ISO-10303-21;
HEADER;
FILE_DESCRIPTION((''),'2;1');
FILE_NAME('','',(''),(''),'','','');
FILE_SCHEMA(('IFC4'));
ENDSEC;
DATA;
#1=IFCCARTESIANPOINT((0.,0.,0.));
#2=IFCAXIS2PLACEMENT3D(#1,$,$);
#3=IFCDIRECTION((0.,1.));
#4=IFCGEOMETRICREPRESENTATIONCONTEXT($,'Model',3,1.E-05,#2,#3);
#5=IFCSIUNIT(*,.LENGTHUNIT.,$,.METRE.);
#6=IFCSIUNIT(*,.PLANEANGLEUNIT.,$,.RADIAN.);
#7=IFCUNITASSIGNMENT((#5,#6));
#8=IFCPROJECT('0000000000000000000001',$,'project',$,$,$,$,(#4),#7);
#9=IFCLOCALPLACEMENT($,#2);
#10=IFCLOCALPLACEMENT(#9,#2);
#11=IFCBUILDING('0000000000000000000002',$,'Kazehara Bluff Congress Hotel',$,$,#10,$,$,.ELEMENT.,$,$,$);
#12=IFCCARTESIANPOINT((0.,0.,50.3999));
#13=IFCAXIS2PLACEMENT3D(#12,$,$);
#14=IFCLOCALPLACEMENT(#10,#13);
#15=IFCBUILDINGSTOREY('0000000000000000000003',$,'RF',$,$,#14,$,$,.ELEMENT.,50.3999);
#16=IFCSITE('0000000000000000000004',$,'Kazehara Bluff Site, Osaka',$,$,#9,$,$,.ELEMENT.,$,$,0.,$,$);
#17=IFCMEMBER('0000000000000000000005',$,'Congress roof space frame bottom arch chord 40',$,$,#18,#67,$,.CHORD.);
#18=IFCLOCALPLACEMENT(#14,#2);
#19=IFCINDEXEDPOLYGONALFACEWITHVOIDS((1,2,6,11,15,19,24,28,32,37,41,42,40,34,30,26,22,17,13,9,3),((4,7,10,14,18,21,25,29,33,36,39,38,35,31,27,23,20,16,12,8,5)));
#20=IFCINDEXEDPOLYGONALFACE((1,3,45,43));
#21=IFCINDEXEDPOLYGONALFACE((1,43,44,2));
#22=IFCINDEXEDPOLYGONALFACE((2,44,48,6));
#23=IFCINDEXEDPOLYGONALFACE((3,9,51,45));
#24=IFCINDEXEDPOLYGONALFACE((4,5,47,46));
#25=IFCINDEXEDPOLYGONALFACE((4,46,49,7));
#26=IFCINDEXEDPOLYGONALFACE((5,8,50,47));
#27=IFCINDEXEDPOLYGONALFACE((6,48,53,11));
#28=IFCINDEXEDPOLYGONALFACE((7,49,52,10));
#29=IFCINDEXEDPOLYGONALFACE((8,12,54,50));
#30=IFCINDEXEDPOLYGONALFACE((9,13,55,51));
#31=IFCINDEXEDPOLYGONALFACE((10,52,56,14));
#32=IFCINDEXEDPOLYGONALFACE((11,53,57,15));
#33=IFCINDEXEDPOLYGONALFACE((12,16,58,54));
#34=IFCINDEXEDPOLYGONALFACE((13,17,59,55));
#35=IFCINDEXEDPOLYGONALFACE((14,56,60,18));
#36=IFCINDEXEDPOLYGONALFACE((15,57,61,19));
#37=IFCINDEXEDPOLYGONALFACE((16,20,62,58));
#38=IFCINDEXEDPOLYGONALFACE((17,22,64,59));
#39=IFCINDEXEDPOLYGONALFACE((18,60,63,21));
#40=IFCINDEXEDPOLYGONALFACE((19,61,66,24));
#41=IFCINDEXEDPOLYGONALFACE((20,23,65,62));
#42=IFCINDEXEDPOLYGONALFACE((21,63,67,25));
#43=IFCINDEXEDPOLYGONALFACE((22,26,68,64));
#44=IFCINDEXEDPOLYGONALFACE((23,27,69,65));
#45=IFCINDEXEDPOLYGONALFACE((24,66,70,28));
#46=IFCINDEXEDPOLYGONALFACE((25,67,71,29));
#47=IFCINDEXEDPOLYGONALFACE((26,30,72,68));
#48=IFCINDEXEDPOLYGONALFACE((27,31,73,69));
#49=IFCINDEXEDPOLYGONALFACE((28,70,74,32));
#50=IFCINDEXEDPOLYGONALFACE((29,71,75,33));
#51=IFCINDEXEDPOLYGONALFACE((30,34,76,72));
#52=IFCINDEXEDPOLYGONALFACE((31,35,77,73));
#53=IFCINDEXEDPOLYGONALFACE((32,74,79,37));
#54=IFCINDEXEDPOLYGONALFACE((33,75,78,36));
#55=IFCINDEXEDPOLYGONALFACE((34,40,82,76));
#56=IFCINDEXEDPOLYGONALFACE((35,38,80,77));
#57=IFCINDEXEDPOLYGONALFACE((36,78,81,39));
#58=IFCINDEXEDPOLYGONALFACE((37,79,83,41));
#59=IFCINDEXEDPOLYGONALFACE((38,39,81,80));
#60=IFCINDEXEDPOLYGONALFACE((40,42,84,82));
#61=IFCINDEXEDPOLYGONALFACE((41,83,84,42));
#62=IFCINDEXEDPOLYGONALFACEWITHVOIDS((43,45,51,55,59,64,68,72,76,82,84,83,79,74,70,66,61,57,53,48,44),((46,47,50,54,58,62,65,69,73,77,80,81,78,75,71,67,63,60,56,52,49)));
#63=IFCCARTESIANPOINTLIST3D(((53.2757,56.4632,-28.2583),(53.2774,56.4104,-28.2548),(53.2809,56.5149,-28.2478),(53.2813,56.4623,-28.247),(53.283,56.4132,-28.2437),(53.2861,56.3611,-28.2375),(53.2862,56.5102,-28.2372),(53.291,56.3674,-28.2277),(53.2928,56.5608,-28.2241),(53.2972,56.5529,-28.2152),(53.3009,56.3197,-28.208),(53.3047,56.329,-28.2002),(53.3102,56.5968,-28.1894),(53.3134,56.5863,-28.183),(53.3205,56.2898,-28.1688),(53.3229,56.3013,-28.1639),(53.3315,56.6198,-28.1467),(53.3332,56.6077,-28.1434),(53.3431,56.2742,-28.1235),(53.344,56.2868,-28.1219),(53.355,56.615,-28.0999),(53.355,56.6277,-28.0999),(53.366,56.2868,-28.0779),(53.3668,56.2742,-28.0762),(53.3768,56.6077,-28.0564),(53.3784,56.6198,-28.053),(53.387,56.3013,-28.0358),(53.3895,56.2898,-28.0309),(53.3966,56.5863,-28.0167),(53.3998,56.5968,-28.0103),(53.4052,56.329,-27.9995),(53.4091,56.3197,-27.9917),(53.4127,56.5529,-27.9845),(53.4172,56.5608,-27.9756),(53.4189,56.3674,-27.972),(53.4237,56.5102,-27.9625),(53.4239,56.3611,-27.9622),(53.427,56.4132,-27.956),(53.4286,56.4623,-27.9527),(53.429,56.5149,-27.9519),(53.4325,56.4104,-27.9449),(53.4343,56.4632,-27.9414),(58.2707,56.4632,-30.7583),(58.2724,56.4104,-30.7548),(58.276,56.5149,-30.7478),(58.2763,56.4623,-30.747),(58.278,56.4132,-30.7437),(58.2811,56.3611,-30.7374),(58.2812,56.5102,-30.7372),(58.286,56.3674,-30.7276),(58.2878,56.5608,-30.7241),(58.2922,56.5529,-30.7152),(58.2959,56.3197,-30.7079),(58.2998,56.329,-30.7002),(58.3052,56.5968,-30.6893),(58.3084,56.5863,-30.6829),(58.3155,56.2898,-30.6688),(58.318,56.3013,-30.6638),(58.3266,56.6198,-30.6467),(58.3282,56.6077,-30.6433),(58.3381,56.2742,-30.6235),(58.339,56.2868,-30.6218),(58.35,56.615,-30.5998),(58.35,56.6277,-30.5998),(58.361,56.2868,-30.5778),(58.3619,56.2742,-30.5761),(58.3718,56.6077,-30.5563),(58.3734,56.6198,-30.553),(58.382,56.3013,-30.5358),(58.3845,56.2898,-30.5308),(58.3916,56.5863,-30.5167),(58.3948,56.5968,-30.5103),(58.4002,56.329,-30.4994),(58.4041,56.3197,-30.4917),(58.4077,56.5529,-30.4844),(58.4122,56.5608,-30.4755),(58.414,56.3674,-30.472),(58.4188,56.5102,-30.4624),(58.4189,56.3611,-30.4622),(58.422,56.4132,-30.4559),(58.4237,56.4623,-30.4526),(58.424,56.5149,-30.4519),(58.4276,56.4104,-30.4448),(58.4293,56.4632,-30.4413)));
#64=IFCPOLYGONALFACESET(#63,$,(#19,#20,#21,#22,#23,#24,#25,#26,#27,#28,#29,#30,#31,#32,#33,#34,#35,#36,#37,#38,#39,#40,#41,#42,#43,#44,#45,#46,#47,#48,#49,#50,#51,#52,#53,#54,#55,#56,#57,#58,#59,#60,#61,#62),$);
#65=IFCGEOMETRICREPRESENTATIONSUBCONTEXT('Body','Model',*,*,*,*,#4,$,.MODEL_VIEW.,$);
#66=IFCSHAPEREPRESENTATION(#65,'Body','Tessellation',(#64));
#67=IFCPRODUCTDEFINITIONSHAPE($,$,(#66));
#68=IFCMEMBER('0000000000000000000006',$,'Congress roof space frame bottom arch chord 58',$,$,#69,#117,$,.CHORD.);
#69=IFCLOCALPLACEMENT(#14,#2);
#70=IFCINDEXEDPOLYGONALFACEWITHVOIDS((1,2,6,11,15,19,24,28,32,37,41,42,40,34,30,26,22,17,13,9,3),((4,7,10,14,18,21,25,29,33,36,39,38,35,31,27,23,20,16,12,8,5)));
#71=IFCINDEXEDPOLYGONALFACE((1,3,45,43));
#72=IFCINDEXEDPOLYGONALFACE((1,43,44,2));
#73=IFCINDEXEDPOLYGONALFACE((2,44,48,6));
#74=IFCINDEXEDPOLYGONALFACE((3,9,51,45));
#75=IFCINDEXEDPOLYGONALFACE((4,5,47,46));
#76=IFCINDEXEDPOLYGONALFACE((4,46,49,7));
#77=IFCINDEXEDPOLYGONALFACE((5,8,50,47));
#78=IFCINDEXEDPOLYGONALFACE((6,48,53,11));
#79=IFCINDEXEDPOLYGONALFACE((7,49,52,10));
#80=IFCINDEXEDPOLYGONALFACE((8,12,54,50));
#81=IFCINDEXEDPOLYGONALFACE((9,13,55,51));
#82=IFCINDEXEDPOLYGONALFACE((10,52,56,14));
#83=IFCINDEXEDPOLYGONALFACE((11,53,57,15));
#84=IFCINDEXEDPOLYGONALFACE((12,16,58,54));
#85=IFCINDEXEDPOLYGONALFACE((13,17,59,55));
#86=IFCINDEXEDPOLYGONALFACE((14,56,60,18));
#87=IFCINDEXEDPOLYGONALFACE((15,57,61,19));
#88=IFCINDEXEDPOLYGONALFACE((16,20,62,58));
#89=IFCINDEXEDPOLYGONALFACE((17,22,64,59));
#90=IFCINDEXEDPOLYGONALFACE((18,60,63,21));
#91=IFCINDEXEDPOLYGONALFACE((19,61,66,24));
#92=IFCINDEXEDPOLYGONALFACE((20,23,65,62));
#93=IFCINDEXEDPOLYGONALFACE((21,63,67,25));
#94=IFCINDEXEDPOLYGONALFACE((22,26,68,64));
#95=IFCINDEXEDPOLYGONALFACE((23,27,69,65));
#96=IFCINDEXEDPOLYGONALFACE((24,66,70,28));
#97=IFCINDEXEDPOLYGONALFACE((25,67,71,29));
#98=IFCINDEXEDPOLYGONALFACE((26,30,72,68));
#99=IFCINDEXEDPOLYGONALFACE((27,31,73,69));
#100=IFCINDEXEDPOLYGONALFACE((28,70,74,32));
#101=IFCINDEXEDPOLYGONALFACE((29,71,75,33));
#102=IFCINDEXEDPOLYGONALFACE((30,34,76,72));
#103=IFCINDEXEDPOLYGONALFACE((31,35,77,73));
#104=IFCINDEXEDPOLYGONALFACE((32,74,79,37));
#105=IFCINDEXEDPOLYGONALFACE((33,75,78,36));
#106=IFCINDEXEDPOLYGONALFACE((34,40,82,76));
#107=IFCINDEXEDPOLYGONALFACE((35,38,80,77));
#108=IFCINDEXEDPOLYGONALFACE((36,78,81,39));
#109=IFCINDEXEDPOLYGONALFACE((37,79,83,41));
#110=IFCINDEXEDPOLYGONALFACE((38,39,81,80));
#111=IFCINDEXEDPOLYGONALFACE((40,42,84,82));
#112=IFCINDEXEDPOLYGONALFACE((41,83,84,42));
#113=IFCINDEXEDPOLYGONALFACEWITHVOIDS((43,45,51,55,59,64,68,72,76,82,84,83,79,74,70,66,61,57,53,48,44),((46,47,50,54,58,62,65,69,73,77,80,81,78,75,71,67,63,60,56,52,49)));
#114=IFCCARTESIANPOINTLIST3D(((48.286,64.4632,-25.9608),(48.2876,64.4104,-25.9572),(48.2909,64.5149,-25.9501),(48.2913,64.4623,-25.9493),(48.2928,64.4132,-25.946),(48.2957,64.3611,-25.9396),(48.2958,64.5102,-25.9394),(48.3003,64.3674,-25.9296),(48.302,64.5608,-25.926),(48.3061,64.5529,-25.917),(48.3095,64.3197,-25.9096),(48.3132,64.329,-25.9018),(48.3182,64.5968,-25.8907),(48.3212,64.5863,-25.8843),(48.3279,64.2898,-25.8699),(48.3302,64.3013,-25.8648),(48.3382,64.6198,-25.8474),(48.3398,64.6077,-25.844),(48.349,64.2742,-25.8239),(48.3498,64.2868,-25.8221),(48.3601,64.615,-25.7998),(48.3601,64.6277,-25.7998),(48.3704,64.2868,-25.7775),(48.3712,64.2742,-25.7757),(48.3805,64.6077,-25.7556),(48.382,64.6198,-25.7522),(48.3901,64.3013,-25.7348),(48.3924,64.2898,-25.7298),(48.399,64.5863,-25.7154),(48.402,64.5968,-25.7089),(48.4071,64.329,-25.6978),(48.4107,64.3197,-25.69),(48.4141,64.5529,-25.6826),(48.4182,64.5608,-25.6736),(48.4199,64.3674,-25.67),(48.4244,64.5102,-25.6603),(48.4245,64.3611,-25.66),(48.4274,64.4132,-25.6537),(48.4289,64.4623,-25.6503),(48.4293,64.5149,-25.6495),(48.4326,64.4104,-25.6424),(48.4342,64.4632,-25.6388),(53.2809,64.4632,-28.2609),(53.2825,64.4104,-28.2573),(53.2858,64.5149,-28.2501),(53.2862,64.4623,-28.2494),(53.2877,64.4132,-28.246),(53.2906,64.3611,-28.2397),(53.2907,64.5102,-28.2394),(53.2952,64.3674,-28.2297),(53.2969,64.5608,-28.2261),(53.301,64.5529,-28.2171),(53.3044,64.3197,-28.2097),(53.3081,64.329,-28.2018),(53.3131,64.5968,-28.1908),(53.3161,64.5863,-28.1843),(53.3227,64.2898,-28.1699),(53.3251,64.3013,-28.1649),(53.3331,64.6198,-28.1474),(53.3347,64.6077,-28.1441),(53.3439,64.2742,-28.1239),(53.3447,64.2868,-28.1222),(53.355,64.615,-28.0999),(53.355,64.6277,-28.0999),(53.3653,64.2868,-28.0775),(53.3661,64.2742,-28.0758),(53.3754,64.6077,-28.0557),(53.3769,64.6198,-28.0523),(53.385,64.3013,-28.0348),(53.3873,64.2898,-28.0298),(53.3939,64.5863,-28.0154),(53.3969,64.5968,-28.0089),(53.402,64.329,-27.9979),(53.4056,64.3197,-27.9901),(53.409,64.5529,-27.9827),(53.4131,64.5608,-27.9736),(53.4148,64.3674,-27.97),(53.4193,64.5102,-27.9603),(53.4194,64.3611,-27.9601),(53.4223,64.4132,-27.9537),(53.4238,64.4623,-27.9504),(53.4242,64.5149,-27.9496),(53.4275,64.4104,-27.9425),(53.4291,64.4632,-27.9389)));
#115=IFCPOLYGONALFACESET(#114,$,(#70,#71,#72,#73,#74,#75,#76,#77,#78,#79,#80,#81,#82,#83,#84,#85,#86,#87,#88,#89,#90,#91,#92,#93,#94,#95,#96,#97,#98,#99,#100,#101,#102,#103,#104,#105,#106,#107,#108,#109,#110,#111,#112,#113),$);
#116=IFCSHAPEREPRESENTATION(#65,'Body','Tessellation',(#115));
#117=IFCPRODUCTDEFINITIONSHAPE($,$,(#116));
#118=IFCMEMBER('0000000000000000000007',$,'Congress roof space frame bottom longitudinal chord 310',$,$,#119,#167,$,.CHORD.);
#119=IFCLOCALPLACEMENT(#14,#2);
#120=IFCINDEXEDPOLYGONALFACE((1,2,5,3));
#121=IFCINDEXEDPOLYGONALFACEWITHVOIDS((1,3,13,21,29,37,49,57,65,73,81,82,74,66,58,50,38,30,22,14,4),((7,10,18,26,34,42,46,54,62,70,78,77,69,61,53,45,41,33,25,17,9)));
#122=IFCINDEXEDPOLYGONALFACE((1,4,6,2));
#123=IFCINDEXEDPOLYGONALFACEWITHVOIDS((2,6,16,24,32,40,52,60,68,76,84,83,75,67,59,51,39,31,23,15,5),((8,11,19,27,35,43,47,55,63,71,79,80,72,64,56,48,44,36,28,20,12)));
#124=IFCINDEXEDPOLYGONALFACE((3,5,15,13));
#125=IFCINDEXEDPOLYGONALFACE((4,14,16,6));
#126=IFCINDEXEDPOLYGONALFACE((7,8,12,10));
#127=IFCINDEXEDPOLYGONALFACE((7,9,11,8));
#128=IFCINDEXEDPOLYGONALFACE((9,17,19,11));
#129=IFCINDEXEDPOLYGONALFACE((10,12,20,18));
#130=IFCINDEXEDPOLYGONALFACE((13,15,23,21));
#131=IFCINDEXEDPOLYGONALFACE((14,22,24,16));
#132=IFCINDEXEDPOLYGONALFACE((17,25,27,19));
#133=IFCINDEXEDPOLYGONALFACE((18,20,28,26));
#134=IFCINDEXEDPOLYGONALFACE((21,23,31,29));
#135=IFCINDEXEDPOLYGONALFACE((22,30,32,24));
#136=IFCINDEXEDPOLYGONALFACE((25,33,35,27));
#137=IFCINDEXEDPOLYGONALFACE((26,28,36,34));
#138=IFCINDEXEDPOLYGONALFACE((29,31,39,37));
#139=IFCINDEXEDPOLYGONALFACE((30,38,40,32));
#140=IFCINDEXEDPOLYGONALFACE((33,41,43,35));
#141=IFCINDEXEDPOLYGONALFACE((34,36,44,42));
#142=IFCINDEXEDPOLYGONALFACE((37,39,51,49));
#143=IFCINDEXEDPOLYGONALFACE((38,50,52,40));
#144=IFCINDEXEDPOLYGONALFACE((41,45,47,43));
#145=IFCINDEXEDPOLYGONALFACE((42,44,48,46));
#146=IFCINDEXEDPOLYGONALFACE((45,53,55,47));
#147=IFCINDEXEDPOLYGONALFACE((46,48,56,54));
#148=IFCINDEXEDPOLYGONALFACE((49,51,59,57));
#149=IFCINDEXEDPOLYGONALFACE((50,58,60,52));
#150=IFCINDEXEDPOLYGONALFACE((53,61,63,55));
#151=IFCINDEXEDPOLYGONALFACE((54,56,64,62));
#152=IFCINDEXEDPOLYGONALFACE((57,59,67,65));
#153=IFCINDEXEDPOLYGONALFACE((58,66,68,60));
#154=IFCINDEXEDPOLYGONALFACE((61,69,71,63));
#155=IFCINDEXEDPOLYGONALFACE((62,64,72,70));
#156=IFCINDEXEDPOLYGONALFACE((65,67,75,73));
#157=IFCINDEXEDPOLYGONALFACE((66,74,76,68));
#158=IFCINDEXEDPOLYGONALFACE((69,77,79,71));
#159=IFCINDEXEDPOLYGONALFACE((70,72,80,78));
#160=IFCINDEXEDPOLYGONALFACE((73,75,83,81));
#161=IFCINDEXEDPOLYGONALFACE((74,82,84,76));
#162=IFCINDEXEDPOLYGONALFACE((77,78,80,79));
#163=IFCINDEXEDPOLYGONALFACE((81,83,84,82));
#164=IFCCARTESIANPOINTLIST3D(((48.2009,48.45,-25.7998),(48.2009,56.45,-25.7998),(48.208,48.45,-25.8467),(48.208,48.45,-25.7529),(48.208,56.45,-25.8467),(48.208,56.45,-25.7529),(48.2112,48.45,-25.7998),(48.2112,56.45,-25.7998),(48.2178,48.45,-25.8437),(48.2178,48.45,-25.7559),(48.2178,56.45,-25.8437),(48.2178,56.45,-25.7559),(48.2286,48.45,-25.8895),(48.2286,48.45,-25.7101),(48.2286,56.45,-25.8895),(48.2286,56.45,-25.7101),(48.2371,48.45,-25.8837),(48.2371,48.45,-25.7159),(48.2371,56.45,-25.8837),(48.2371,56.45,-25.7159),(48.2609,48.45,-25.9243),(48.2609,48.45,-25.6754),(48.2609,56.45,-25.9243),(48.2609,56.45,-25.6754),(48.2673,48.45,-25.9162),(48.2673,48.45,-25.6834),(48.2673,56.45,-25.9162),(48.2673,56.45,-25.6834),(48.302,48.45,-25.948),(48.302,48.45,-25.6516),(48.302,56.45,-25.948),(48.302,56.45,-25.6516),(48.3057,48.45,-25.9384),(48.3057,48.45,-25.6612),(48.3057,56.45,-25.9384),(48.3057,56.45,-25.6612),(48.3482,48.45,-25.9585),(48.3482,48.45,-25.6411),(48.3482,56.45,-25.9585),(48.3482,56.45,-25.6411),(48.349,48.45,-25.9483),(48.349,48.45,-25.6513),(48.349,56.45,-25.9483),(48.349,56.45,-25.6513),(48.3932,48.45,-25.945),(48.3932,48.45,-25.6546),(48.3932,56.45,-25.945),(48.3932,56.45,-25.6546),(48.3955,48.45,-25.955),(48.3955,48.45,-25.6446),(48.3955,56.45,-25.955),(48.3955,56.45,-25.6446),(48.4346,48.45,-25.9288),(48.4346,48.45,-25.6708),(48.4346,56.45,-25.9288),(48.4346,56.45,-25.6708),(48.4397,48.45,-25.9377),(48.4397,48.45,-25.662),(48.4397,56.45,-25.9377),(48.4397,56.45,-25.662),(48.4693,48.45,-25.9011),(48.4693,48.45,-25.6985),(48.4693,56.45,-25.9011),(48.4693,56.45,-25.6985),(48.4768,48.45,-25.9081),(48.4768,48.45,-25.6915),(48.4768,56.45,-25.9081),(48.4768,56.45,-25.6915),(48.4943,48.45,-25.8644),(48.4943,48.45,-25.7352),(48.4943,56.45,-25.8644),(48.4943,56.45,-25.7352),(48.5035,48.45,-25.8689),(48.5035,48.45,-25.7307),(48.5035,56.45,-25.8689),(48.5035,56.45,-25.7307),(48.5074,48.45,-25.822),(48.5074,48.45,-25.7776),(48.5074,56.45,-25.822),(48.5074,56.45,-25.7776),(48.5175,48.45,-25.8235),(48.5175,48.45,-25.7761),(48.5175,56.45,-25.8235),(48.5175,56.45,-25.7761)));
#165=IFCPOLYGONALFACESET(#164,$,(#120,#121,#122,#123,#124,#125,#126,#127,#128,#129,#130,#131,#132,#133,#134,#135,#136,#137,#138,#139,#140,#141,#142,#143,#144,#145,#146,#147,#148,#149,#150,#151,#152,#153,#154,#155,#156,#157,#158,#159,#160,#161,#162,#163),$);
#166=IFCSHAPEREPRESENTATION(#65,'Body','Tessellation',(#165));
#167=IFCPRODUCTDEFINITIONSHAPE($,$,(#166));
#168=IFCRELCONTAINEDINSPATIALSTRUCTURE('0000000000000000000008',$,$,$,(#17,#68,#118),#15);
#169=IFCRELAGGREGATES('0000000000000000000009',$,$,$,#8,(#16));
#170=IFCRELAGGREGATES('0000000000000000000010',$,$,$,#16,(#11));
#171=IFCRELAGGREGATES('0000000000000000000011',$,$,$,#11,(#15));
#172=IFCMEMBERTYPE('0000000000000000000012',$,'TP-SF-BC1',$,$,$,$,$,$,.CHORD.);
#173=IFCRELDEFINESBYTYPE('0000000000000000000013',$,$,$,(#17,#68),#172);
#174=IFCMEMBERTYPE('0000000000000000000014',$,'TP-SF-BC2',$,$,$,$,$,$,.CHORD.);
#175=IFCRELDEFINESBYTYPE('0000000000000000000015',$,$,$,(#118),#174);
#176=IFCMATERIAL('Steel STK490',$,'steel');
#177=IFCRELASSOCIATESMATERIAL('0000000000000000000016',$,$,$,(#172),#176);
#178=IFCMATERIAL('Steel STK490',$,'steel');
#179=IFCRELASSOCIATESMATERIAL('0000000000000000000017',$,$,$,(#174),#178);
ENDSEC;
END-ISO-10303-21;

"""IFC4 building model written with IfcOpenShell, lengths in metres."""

from ifc_helpers import new_model, si_unit, direction, frame, origin, origin_2d, place, context, subcontext, project, spatial, hollow_circle, extrude, material, material_profile, profile_set, type_object, element, save


model = new_model("IFC4")

# Units and contexts
model_context = context("Model", 3, precision=1e-05, world=origin(), true_north=direction((0.0, 1.0)))
body_context = subcontext(model_context, "Body", "Model", "MODEL_VIEW")
ifc_project = project(units=[si_unit("LENGTHUNIT", "METRE"), si_unit("PLANEANGLEUNIT", "RADIAN")], contexts=[model_context])

# Site, building, storey
site_placement = place(None, origin())
site = spatial("IfcSite", under=ifc_project, at=site_placement, Name="Kazehara Bluff Site, Osaka", CompositionType="ELEMENT", RefElevation=0.0)
building_placement = place(site_placement, origin())
building = spatial("IfcBuilding", under=site, at=building_placement, Name="Kazehara Bluff Congress Hotel", CompositionType="ELEMENT")
storey_placement = place(building_placement, frame((0.0, 0.0, 50.3999)))
storey = spatial("IfcBuildingStorey", under=building, at=storey_placement, Name="RF", CompositionType="ELEMENT", Elevation=50.3999)

# Members
ifc_material_1 = material(Name="Steel STK490", Category="steel")
ifc_material_profile_1 = material_profile(ifc_material_1, hollow_circle(Radius=0.1777, WallThickness=0.0127, at=origin_2d()))
ifc_profile_set_1 = profile_set([ifc_material_profile_1], Name="Steel STK490")
member_type_1 = type_object("IfcMemberType", Name="TP-SF-BC1", PredefinedType="CHORD", material=ifc_profile_set_1)
member_1_placement = place(storey_placement, frame((53.355, 56.45, -28.0999), z_axis=(0.894252, 0.0, -0.447563), x_axis=(0.0, 1.0, 0.0)))
element("IfcMember", 1, at=member_1_placement, inside=storey, type_object=member_type_1, Name="Congress roof space frame bottom arch chord 40", PredefinedType="CHORD", context=body_context, shape_type="SweptSolid", body=[
    extrude(hollow_circle(Radius=0.1777, WallThickness=0.0127, at=origin_2d()), origin(), (0.0, 0.0, 1.0), 5.5857),
])
member_2_placement = place(storey_placement, frame((48.3601, 64.45, -25.7998), z_axis=(0.908324, 0.0, -0.418267), x_axis=(0.0, 1.0, 0.0)))
element("IfcMember", 2, at=member_2_placement, inside=storey, type_object=member_type_1, Name="Congress roof space frame bottom arch chord 58", PredefinedType="CHORD", context=body_context, shape_type="SweptSolid", body=[
    extrude(hollow_circle(Radius=0.1777, WallThickness=0.0127, at=origin_2d()), origin(), (0.0, 0.0, 1.0), 5.499),
])
ifc_material_2 = material(Name="Steel STK490", Category="steel")
ifc_material_profile_2 = material_profile(ifc_material_2, hollow_circle(Radius=0.1592, WallThickness=0.0103, at=origin_2d()))
ifc_profile_set_2 = profile_set([ifc_material_profile_2], Name="Steel STK490")
member_type_2 = type_object("IfcMemberType", Name="TP-SF-BC2", PredefinedType="CHORD", material=ifc_profile_set_2)
for number, where, z_axis, x_axis, name in (
    (3, (48.3601, 48.45, -25.7998), (0.0, 1.0, 0.0), (-1.0, 0.0, 0.0), "Congress roof space frame bottom longitudinal chord 310"),
):
    element("IfcMember", number, at=place(storey_placement, frame(where, z_axis=z_axis, x_axis=x_axis)), inside=storey, type_object=member_type_2, Name=name, PredefinedType="CHORD", context=body_context, shape_type="SweptSolid", body=[
        extrude(hollow_circle(Radius=0.1592, WallThickness=0.0103, at=origin_2d()), origin(), (0.0, 0.0, 1.0), 8.0),
    ])

save(model, "model.ifc")
